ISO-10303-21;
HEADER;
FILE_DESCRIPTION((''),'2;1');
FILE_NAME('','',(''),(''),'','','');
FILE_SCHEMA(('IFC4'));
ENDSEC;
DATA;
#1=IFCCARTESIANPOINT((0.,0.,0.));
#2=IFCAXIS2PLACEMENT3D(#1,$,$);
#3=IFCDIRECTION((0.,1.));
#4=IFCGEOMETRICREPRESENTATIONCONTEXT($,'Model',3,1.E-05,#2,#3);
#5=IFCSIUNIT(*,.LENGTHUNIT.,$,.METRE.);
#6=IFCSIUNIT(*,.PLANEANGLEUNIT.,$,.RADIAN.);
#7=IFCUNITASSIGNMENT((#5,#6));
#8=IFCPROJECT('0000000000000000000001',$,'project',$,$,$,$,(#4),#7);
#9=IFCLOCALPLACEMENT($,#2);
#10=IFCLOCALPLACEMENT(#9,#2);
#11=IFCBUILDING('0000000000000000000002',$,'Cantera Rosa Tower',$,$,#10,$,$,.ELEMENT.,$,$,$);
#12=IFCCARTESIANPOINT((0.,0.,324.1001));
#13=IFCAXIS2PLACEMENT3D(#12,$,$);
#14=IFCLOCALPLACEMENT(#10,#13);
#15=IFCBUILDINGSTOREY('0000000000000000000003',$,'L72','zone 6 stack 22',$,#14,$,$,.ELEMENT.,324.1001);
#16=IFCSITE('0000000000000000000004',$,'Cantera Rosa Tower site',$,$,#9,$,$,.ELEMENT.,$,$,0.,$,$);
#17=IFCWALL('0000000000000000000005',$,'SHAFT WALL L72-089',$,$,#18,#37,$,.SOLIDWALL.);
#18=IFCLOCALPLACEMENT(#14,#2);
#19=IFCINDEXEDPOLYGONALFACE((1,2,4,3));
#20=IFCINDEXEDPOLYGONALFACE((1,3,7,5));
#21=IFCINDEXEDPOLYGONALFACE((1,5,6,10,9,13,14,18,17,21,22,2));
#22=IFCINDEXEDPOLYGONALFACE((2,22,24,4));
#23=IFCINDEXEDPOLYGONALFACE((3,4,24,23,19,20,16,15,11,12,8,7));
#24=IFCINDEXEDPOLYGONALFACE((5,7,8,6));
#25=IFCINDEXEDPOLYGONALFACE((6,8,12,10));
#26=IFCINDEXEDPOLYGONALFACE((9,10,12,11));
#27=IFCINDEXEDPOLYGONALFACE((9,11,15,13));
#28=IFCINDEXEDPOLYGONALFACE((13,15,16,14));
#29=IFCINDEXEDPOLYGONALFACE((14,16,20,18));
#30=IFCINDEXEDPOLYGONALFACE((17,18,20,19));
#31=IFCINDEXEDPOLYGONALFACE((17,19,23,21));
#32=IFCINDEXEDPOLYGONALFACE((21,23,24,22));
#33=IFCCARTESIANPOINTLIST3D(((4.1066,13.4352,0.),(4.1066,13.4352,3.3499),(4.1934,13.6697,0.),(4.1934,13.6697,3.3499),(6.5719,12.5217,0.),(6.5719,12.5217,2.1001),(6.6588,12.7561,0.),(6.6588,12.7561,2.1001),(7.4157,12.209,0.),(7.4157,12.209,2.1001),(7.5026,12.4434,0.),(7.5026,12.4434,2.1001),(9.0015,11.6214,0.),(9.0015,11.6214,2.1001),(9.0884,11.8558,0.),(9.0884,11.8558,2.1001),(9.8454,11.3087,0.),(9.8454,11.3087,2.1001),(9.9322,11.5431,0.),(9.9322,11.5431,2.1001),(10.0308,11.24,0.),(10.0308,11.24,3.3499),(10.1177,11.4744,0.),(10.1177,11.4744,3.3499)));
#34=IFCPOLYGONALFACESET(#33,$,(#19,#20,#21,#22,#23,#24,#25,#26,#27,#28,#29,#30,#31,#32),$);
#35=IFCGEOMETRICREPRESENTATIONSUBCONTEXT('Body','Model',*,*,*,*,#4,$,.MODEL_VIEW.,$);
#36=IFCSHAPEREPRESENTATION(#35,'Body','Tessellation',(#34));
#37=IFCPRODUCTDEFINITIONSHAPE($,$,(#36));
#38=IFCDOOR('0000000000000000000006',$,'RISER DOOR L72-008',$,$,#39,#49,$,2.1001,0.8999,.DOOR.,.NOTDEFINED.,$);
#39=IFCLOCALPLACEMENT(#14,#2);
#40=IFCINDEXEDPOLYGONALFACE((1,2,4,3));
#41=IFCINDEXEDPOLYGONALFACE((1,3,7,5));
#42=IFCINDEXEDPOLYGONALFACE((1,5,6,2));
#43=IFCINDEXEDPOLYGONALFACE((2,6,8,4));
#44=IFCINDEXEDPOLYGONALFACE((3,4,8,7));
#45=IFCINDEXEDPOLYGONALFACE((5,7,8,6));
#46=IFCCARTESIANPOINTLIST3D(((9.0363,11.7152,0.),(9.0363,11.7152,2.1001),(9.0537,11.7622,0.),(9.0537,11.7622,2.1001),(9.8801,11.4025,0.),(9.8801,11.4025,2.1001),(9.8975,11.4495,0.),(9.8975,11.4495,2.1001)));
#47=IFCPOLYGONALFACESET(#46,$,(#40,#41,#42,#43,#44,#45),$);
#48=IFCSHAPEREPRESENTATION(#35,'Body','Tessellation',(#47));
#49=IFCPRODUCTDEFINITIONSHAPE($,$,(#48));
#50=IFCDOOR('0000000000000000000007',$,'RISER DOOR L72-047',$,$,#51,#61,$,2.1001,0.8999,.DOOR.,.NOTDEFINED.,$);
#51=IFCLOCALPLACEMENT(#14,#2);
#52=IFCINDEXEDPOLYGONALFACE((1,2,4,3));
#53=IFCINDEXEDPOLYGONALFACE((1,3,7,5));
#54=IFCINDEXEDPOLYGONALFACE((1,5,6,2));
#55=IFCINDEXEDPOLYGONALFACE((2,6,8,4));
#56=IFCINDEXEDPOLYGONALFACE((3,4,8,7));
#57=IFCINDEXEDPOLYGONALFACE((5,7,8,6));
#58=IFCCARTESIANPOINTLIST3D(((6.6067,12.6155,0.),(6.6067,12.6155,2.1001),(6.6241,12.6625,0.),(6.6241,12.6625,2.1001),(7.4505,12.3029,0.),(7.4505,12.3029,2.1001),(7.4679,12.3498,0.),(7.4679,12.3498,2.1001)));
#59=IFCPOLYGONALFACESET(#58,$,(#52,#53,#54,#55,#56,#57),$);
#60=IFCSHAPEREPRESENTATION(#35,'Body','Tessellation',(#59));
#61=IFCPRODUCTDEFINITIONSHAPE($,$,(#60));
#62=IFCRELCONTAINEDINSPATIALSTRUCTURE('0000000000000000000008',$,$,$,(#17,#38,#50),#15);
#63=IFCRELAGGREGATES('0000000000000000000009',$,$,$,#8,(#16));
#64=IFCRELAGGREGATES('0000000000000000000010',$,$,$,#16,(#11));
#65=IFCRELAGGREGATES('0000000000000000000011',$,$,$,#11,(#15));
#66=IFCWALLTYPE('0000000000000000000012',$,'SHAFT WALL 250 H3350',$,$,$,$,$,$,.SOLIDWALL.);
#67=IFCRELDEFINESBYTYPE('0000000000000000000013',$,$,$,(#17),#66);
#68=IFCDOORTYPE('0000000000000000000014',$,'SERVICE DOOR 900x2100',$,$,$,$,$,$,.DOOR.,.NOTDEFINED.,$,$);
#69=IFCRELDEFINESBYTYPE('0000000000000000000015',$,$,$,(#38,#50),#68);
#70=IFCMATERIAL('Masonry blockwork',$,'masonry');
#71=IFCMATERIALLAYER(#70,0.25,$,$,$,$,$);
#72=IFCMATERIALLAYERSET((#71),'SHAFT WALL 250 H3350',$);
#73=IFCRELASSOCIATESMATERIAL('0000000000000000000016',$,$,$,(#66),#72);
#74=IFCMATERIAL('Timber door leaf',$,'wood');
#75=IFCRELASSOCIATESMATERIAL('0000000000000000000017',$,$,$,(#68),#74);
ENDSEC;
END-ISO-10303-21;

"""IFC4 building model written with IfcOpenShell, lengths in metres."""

from ifc_helpers import new_model, si_unit, direction, frame, frame_2d, origin, place, context, subcontext, project, spatial, rectangle, extrude, material, layer, layer_set, type_object, element, fill, save


model = new_model("IFC4")

# Units and contexts
model_context = context("Model", 3, precision=1e-05, world=origin(), true_north=direction((0.0, 1.0)))
body_context = subcontext(model_context, "Body", "Model", "MODEL_VIEW")
ifc_project = project(units=[si_unit("LENGTHUNIT", "METRE"), si_unit("PLANEANGLEUNIT", "RADIAN")], contexts=[model_context])

# Site, building, storey
site_placement = place(None, origin())
site = spatial("IfcSite", under=ifc_project, at=site_placement, Name="Cantera Rosa Tower site", CompositionType="ELEMENT", RefElevation=0.0)
building_placement = place(site_placement, origin())
building = spatial("IfcBuilding", under=site, at=building_placement, Name="Cantera Rosa Tower", CompositionType="ELEMENT")
storey_placement = place(building_placement, frame((0.0, 0.0, 324.1001)))
storey = spatial("IfcBuildingStorey", under=building, at=storey_placement, Name="L72", Description="zone 6 stack 22", CompositionType="ELEMENT", Elevation=324.1001)

# Wall, openings, doors
ifc_material_1 = material(Name="Masonry blockwork", Category="masonry")
ifc_layer_1 = layer(ifc_material_1, 0.25)
ifc_layer_set_1 = layer_set([ifc_layer_1], Name="SHAFT WALL 250 H3350")
wall_type_1 = type_object("IfcWallType", Name="SHAFT WALL 250 H3350", PredefinedType="SOLIDWALL", material=ifc_layer_set_1)
wall_1_placement = place(storey_placement, frame((10.0742, 11.3572, 0.0), z_axis=(0.0, 0.0, 1.0), x_axis=(-0.937691, 0.34747, 0.0)))
wall_1 = element("IfcWall", 1, at=wall_1_placement, inside=storey, type_object=wall_type_1, Name="SHAFT WALL L72-089", PredefinedType="SOLIDWALL", context=body_context, shape_type="SweptSolid", body=[
    extrude(rectangle(XDim=6.3179, YDim=0.25, at=frame_2d((3.1589, 0.0))), origin(), (0.0, 0.0, 1.0), 3.3499),
])
opening_1_placement = place(wall_1_placement, frame((0.1978, 0.0, 0.0)))
opening_1 = element("IfcOpeningElement", 2, at=opening_1_placement, cuts=wall_1, PredefinedType="OPENING", context=body_context, shape_type="SweptSolid", body=[
    extrude(rectangle(XDim=0.8999, YDim=2.1001, at=frame_2d((0.45, 1.05))), frame((0.0, 0.135, 0.0), z_axis=(0.0, -1.0, 0.0), x_axis=(1.0, 0.0, 0.0)), (0.0, 0.0, 1.0), 0.27),
])
opening_2_placement = place(wall_1_placement, frame((2.7888, 0.0, 0.0)))
opening_2 = element("IfcOpeningElement", 3, at=opening_2_placement, cuts=wall_1, PredefinedType="OPENING", context=body_context, shape_type="SweptSolid", body=[
    extrude(rectangle(XDim=0.8999, YDim=2.1001, at=frame_2d((0.45, 1.05))), frame((0.0, 0.135, 0.0), z_axis=(0.0, -1.0, 0.0), x_axis=(1.0, 0.0, 0.0)), (0.0, 0.0, 1.0), 0.27),
])
ifc_material_2 = material(Name="Timber door leaf", Category="wood")
door_type_1 = type_object("IfcDoorType", Name="SERVICE DOOR 900x2100", OperationType="NOTDEFINED", PredefinedType="DOOR", material=ifc_material_2)
door_1_placement = place(opening_1_placement, origin())
door_1 = element("IfcDoor", 4, at=door_1_placement, inside=storey, type_object=door_type_1, Name="RISER DOOR L72-008", OperationType="NOTDEFINED", OverallHeight=2.1001, OverallWidth=0.8999, PredefinedType="DOOR", context=body_context, shape_type="SweptSolid", body=[
    extrude(rectangle(XDim=0.8999, YDim=2.1001, at=frame_2d((0.45, 1.05))), frame((0.0, 0.0249, 0.0), z_axis=(0.0, -1.0, 0.0), x_axis=(1.0, 0.0, 0.0)), (0.0, 0.0, 1.0), 0.05),
])
fill(opening_1, door_1)
door_2_placement = place(opening_2_placement, origin())
door_2 = element("IfcDoor", 5, at=door_2_placement, inside=storey, type_object=door_type_1, Name="RISER DOOR L72-047", OperationType="NOTDEFINED", OverallHeight=2.1001, OverallWidth=0.8999, PredefinedType="DOOR", context=body_context, shape_type="SweptSolid", body=[
    extrude(rectangle(XDim=0.8999, YDim=2.1001, at=frame_2d((0.45, 1.05))), frame((0.0, 0.0249, 0.0), z_axis=(0.0, -1.0, 0.0), x_axis=(1.0, 0.0, 0.0)), (0.0, 0.0, 1.0), 0.05),
])
fill(opening_2, door_2)

save(model, "model.ifc")
